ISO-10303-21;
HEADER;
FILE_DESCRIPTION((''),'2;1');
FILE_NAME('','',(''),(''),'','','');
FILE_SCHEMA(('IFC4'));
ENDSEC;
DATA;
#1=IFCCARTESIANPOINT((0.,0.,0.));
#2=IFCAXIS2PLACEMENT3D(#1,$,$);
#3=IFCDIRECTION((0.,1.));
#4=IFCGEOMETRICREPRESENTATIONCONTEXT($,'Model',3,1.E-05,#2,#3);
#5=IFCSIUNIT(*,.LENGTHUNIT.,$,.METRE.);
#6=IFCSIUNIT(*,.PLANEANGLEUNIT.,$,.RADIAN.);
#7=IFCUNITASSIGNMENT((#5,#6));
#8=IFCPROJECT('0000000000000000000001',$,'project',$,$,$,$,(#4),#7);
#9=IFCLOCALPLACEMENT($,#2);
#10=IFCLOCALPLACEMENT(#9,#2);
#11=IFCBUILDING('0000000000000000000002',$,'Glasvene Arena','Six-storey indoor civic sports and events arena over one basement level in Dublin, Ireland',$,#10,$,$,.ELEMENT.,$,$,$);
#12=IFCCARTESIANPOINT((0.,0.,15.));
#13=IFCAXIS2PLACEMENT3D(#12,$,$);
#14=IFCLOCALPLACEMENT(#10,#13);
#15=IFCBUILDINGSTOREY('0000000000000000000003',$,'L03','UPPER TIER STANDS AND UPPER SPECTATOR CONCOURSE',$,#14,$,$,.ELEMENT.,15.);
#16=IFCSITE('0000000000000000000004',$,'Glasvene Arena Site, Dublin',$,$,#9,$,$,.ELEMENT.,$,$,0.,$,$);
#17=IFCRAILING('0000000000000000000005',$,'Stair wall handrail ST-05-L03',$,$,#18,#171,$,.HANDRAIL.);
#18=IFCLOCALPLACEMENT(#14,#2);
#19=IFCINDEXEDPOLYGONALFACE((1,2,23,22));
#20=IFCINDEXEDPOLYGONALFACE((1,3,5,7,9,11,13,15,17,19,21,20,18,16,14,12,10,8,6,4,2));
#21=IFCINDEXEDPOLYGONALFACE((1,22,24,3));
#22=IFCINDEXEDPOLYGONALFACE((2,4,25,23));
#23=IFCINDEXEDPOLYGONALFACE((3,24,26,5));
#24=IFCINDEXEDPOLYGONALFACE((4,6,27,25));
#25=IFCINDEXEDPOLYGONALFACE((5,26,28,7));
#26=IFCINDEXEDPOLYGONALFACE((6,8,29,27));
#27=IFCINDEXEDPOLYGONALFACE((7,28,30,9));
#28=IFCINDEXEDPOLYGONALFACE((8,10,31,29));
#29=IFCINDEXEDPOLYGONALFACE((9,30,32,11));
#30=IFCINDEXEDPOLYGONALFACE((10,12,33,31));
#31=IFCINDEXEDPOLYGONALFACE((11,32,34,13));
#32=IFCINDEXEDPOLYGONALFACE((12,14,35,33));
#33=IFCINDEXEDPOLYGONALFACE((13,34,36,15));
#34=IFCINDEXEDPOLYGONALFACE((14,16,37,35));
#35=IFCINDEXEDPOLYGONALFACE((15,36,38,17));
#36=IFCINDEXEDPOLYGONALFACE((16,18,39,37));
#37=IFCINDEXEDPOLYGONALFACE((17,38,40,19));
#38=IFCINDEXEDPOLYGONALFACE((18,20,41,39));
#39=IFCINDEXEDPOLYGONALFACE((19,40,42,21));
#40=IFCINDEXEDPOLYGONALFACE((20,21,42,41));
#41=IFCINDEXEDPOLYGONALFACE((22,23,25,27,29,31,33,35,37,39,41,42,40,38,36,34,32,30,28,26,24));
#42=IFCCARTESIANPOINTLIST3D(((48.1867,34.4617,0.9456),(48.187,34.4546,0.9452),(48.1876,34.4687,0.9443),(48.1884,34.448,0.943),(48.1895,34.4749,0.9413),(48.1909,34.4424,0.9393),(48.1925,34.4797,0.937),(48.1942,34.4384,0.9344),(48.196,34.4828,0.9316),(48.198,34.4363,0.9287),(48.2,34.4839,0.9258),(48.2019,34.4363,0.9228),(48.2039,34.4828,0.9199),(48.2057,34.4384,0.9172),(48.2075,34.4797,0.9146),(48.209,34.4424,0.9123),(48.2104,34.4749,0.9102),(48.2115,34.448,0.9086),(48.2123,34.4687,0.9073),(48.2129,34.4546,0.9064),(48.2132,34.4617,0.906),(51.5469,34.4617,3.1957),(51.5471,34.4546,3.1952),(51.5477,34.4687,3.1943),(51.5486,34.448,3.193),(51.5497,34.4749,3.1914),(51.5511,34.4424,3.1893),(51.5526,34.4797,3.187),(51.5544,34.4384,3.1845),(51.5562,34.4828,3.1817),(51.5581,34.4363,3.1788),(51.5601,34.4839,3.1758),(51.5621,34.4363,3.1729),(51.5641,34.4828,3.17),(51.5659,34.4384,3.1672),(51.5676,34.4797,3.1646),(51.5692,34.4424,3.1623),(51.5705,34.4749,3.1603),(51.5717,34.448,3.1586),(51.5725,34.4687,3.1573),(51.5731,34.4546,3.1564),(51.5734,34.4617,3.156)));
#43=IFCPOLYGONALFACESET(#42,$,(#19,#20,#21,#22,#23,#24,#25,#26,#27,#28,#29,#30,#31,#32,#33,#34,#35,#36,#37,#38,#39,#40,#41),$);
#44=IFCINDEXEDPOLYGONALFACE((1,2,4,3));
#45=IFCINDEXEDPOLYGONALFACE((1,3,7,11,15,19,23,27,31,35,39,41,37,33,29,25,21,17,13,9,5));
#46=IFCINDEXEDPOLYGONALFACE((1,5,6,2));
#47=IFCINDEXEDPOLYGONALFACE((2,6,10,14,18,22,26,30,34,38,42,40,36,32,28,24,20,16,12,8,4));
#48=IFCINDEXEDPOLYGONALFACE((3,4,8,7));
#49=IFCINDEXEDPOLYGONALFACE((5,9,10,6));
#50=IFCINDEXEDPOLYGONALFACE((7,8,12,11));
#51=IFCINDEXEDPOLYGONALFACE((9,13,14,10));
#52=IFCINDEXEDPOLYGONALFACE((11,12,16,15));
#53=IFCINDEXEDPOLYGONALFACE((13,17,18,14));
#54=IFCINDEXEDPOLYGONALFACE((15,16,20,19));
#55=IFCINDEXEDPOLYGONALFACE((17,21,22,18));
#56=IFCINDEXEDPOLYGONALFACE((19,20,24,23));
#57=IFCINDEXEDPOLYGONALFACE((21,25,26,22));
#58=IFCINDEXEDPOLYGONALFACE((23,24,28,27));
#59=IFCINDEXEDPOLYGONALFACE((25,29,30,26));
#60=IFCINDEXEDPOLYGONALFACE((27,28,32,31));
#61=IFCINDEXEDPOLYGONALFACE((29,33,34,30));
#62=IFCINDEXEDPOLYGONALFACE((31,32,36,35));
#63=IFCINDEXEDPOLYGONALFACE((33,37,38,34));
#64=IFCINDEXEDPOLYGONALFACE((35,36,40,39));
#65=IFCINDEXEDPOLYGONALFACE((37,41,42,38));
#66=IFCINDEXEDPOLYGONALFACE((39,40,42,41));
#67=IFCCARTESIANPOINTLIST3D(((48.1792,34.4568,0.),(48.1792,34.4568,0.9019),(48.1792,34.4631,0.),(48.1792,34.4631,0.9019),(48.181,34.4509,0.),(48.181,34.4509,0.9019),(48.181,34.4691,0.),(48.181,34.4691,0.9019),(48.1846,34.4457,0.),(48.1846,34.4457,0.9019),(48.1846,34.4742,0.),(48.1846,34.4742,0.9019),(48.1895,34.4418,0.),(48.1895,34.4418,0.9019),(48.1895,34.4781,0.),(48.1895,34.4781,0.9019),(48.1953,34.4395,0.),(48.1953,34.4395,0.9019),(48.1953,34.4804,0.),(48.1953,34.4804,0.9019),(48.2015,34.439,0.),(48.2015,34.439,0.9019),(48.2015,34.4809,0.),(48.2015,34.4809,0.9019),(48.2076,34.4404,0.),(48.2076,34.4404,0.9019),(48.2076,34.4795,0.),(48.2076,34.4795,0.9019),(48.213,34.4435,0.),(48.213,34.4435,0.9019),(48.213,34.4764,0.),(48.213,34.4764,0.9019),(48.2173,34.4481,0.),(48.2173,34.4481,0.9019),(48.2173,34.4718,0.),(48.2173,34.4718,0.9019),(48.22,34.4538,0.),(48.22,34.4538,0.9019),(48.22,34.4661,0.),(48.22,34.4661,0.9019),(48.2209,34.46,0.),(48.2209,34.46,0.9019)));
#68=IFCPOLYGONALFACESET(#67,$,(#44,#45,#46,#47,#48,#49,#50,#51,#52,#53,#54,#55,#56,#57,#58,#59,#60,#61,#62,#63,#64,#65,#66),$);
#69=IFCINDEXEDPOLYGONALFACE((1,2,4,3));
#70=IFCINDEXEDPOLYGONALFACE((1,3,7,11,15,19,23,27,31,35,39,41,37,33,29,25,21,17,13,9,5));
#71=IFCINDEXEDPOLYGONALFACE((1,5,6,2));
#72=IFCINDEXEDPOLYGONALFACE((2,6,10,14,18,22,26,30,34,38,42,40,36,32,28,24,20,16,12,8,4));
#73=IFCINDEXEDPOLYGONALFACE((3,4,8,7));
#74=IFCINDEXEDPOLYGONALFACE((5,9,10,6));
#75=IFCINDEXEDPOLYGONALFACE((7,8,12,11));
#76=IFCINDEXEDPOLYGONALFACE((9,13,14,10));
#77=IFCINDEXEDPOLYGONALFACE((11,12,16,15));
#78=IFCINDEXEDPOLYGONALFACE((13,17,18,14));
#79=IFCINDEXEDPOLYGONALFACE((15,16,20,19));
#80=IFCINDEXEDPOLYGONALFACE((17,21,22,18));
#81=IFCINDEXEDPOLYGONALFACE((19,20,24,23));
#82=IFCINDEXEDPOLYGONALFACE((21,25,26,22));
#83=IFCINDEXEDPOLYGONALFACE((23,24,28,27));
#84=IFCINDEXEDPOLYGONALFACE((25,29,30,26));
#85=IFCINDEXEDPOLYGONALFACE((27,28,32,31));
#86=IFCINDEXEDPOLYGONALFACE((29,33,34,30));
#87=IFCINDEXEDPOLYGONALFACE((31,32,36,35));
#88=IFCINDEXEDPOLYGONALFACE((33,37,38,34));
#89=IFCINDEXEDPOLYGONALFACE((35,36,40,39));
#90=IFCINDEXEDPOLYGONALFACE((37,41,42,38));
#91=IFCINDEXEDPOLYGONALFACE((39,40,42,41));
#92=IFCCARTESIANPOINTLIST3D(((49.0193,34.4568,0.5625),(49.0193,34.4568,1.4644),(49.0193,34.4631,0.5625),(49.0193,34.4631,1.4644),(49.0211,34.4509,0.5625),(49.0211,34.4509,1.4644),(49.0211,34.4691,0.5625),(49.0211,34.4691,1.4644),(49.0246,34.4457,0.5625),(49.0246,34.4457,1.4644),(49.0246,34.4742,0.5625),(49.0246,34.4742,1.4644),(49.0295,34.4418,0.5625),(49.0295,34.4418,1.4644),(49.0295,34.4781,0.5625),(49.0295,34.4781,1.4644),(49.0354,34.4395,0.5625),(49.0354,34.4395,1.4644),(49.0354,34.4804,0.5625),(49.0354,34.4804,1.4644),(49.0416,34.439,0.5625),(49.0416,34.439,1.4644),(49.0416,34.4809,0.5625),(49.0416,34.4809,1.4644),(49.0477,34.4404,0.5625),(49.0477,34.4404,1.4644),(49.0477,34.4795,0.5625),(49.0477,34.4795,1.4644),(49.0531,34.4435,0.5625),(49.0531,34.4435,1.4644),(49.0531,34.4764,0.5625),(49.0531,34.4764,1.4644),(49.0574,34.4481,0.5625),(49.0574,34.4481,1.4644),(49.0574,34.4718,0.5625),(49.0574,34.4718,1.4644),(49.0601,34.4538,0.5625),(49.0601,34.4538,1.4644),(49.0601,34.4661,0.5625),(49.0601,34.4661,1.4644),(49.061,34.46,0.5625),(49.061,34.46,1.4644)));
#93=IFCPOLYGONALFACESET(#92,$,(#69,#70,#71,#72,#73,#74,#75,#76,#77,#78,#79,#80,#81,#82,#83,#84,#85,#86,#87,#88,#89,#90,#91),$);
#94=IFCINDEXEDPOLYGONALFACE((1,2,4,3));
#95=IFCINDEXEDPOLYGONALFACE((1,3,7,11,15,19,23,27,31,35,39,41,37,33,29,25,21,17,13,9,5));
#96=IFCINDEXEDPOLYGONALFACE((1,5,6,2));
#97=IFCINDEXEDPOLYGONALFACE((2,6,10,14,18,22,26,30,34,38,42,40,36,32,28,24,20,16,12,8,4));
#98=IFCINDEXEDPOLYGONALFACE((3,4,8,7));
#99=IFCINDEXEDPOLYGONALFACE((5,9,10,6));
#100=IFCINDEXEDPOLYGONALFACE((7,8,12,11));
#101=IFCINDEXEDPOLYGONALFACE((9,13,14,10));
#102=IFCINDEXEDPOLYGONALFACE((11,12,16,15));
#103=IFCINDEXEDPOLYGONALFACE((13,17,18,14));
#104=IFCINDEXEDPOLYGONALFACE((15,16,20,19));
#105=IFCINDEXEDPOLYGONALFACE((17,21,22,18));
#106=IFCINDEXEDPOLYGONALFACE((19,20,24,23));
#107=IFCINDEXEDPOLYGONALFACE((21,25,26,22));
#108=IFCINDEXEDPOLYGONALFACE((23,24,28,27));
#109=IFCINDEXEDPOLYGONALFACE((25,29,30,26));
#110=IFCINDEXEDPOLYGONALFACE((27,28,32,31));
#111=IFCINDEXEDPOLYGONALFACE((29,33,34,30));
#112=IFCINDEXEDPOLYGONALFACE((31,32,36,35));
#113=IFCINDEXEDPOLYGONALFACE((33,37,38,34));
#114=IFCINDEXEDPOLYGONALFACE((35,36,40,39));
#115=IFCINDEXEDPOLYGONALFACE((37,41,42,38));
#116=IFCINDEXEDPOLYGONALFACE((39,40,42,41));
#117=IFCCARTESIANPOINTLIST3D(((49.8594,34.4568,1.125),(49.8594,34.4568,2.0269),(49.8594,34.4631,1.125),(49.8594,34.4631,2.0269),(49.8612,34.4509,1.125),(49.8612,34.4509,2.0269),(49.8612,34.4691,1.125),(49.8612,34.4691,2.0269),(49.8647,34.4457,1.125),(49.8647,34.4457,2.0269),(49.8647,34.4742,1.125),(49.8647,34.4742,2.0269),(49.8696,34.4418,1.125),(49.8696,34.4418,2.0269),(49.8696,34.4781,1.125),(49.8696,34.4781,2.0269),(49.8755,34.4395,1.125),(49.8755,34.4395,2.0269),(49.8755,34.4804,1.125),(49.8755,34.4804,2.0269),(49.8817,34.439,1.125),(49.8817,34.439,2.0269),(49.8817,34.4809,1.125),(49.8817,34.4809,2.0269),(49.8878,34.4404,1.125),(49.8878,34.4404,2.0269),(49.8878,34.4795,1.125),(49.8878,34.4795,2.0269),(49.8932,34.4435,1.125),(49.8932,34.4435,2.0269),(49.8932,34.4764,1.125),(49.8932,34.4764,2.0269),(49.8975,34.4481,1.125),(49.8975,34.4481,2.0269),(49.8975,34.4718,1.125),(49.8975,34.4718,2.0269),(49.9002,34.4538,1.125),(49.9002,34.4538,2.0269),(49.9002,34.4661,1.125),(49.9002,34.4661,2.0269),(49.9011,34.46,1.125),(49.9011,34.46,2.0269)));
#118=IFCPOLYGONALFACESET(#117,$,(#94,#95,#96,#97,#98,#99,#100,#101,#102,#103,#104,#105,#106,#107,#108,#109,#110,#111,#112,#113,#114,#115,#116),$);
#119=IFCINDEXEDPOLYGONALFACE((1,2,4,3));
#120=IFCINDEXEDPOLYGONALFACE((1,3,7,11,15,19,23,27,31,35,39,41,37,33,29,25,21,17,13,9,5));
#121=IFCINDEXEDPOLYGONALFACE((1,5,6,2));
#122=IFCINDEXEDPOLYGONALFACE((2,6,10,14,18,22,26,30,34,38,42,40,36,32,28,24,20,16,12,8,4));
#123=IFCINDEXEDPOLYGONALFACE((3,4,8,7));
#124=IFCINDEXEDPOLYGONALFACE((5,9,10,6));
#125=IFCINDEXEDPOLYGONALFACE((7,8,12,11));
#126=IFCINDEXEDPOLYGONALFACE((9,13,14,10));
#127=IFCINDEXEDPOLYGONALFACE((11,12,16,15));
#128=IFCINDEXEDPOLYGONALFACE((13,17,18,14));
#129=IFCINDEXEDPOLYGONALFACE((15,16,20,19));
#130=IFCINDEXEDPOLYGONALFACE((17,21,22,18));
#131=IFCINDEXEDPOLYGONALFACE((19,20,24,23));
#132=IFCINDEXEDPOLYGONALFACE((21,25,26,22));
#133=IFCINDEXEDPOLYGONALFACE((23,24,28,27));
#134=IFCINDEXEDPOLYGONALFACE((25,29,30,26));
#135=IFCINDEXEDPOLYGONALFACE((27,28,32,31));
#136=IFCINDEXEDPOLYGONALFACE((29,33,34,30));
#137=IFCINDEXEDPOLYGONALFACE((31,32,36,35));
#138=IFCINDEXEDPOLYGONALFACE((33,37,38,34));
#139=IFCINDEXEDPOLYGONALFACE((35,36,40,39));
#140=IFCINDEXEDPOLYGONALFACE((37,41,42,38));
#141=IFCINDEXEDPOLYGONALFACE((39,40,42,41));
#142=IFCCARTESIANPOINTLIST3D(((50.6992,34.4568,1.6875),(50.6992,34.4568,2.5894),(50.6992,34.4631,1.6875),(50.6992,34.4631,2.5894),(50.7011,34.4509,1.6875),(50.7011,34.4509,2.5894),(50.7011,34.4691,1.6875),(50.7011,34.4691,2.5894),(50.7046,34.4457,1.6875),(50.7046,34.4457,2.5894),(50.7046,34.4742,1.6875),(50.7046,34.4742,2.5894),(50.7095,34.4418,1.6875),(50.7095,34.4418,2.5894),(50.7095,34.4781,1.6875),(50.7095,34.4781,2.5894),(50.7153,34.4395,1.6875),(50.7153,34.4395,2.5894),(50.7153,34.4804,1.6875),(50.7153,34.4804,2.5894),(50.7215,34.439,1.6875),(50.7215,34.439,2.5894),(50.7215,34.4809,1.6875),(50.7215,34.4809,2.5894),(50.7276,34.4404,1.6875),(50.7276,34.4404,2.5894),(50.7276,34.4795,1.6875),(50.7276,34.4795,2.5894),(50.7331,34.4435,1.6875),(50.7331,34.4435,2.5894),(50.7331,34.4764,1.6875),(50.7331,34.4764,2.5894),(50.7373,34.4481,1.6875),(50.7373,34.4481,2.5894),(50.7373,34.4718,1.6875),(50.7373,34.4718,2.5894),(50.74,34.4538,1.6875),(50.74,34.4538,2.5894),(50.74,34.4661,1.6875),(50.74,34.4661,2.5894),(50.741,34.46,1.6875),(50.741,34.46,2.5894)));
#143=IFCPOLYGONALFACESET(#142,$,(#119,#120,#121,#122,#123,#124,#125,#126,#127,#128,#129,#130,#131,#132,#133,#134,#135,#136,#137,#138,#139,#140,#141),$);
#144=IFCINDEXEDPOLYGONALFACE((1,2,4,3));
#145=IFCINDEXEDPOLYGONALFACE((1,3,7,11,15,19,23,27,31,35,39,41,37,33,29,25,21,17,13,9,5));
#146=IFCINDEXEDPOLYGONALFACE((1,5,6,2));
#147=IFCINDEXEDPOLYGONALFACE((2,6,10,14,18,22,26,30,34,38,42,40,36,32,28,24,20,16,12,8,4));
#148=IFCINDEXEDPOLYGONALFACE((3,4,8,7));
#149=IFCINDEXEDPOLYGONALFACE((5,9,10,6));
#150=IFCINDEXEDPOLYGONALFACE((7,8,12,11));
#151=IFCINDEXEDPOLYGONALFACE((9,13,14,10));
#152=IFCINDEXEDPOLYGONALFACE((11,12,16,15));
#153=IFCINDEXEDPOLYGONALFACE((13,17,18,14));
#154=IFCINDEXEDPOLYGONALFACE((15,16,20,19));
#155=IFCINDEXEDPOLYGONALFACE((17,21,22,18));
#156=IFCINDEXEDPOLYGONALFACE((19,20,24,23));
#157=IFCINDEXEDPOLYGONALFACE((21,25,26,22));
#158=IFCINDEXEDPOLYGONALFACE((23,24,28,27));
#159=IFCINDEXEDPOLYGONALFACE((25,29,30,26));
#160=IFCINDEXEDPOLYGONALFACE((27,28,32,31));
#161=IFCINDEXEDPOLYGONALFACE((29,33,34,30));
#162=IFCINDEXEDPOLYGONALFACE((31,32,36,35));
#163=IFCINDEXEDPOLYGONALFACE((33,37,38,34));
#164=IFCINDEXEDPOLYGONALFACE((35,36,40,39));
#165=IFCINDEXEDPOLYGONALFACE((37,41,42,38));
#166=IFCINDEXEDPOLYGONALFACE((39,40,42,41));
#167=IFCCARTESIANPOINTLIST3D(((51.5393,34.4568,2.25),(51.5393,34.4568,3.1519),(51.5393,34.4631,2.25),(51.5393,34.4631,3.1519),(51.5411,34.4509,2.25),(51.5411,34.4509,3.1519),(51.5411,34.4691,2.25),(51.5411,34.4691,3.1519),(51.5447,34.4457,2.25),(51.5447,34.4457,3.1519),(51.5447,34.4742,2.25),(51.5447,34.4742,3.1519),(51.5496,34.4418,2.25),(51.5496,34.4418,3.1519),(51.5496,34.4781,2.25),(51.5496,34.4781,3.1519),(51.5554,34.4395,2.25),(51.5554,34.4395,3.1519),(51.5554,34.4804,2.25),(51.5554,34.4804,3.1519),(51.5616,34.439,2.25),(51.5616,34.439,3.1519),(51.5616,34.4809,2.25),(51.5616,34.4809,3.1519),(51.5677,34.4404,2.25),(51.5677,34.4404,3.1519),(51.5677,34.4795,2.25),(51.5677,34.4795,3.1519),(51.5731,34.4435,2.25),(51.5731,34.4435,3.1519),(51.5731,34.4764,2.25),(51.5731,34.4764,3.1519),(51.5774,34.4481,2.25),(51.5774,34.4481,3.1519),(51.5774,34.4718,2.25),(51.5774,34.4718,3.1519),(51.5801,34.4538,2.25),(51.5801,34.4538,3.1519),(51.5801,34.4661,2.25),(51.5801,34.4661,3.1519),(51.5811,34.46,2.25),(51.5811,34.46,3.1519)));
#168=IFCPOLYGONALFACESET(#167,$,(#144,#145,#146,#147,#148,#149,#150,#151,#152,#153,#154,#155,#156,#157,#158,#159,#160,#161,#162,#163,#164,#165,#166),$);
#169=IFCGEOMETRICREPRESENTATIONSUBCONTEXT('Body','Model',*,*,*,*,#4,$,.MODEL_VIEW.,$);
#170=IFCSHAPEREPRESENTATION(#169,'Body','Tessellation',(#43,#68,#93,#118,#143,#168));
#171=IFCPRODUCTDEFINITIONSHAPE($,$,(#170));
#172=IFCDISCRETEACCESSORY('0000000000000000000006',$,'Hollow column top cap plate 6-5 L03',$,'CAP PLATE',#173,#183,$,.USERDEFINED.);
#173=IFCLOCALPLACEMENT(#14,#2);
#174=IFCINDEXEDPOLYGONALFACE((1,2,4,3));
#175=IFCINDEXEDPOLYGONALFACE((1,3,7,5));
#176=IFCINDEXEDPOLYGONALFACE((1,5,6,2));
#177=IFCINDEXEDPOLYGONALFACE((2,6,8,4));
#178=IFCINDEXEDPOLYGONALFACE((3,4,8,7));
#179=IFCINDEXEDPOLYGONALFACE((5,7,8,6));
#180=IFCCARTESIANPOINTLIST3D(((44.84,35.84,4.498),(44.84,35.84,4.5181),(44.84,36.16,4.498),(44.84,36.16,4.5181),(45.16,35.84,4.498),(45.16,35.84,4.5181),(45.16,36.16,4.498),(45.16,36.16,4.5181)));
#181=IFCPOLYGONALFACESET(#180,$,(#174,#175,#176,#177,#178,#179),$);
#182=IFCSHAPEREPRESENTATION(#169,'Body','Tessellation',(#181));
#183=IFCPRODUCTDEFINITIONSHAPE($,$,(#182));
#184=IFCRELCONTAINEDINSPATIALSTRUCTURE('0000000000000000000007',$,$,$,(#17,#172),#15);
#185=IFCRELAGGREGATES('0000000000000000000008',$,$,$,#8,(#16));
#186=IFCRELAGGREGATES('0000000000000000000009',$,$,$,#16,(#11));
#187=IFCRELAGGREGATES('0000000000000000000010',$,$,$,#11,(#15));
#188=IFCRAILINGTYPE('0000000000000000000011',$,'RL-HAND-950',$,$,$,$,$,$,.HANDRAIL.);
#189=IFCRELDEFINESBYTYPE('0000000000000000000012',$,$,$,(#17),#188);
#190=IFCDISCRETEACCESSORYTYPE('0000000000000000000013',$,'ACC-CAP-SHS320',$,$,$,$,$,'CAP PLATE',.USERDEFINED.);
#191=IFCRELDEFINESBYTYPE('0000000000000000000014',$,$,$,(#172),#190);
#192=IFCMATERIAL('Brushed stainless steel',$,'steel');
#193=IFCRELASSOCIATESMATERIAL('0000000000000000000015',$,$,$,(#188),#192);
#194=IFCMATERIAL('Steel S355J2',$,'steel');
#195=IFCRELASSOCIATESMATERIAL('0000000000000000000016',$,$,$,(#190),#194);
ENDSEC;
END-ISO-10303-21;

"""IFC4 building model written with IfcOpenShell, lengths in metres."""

from ifc_helpers import new_model, si_unit, direction, frame, origin, origin_2d, place, context, subcontext, project, spatial, rectangle, circle, extrude, material, type_object, element, save


model = new_model("IFC4")

# Units and contexts
model_context = context("Model", 3, precision=1e-05, world=origin(), true_north=direction((0.0, 1.0)))
body_context = subcontext(model_context, "Body", "Model", "MODEL_VIEW")
ifc_project = project(units=[si_unit("LENGTHUNIT", "METRE"), si_unit("PLANEANGLEUNIT", "RADIAN")], contexts=[model_context])

# Site, building, storey
site_placement = place(None, origin())
site = spatial("IfcSite", under=ifc_project, at=site_placement, Name="Glasvene Arena Site, Dublin", CompositionType="ELEMENT", RefElevation=0.0)
building_placement = place(site_placement, origin())
building = spatial("IfcBuilding", under=site, at=building_placement, Name="Glasvene Arena", Description="Six-storey indoor civic sports and events arena over one basement level in Dublin, Ireland", CompositionType="ELEMENT")
storey_placement = place(building_placement, frame((0.0, 0.0, 15.0)))
storey = spatial("IfcBuildingStorey", under=building, at=storey_placement, Name="L03", Description="UPPER TIER STANDS AND UPPER SPECTATOR CONCOURSE", CompositionType="ELEMENT", Elevation=15.0)

# Shared definitions
ifc_material_1 = material(Name="Steel S355J2", Category="steel")

# Railing
ifc_material_2 = material(Name="Brushed stainless steel", Category="steel")
railing_type_1 = type_object("IfcRailingType", Name="RL-HAND-950", PredefinedType="HANDRAIL", material=ifc_material_2)
railing_1_placement = place(storey_placement, frame((48.2, 34.46, 0.0)))
element("IfcRailing", 1, at=railing_1_placement, inside=storey, type_object=railing_type_1, Name="Stair wall handrail ST-05-L03", PredefinedType="HANDRAIL", context=body_context, shape_type="SweptSolid", body=[
    extrude(circle(Radius=0.0239, at=origin_2d()), frame((0.0, 0.0, 0.9258), z_axis=(0.830915, 0.0, 0.556399), x_axis=(0.0, 1.0, 0.0)), (0.0, 0.0, 1.0), 4.0439),
    extrude(circle(Radius=0.021, at=origin_2d()), origin(), (0.0, 0.0, 1.0), 0.9019),
    extrude(circle(Radius=0.021, at=origin_2d()), frame((0.8401, 0.0, 0.5625)), (0.0, 0.0, 1.0), 0.9019),
    extrude(circle(Radius=0.021, at=origin_2d()), frame((1.6802, 0.0, 1.125)), (0.0, 0.0, 1.0), 0.9019),
    extrude(circle(Radius=0.021, at=origin_2d()), frame((2.52, 0.0, 1.6875)), (0.0, 0.0, 1.0), 0.9019),
    extrude(circle(Radius=0.021, at=origin_2d()), frame((3.3601, 0.0, 2.25)), (0.0, 0.0, 1.0), 0.9019),
])

# Discrete accessory
discrete_accessory_type = type_object("IfcDiscreteAccessoryType", Name="ACC-CAP-SHS320", ElementType="CAP PLATE", PredefinedType="USERDEFINED", material=ifc_material_1)
discrete_accessory_placement = place(storey_placement, frame((45.0, 36.0, 4.498), z_axis=(0.0, 0.0, 1.0), x_axis=(1.0, 0.0, 0.0)))
element("IfcDiscreteAccessory", 2, at=discrete_accessory_placement, inside=storey, type_object=discrete_accessory_type, Name="Hollow column top cap plate 6-5 L03", ObjectType="CAP PLATE", PredefinedType="USERDEFINED", context=body_context, shape_type="SweptSolid", body=[
    extrude(rectangle(XDim=0.3201, YDim=0.3201, at=origin_2d()), origin(), (0.0, 0.0, 1.0), 0.02),
])

save(model, "model.ifc")
